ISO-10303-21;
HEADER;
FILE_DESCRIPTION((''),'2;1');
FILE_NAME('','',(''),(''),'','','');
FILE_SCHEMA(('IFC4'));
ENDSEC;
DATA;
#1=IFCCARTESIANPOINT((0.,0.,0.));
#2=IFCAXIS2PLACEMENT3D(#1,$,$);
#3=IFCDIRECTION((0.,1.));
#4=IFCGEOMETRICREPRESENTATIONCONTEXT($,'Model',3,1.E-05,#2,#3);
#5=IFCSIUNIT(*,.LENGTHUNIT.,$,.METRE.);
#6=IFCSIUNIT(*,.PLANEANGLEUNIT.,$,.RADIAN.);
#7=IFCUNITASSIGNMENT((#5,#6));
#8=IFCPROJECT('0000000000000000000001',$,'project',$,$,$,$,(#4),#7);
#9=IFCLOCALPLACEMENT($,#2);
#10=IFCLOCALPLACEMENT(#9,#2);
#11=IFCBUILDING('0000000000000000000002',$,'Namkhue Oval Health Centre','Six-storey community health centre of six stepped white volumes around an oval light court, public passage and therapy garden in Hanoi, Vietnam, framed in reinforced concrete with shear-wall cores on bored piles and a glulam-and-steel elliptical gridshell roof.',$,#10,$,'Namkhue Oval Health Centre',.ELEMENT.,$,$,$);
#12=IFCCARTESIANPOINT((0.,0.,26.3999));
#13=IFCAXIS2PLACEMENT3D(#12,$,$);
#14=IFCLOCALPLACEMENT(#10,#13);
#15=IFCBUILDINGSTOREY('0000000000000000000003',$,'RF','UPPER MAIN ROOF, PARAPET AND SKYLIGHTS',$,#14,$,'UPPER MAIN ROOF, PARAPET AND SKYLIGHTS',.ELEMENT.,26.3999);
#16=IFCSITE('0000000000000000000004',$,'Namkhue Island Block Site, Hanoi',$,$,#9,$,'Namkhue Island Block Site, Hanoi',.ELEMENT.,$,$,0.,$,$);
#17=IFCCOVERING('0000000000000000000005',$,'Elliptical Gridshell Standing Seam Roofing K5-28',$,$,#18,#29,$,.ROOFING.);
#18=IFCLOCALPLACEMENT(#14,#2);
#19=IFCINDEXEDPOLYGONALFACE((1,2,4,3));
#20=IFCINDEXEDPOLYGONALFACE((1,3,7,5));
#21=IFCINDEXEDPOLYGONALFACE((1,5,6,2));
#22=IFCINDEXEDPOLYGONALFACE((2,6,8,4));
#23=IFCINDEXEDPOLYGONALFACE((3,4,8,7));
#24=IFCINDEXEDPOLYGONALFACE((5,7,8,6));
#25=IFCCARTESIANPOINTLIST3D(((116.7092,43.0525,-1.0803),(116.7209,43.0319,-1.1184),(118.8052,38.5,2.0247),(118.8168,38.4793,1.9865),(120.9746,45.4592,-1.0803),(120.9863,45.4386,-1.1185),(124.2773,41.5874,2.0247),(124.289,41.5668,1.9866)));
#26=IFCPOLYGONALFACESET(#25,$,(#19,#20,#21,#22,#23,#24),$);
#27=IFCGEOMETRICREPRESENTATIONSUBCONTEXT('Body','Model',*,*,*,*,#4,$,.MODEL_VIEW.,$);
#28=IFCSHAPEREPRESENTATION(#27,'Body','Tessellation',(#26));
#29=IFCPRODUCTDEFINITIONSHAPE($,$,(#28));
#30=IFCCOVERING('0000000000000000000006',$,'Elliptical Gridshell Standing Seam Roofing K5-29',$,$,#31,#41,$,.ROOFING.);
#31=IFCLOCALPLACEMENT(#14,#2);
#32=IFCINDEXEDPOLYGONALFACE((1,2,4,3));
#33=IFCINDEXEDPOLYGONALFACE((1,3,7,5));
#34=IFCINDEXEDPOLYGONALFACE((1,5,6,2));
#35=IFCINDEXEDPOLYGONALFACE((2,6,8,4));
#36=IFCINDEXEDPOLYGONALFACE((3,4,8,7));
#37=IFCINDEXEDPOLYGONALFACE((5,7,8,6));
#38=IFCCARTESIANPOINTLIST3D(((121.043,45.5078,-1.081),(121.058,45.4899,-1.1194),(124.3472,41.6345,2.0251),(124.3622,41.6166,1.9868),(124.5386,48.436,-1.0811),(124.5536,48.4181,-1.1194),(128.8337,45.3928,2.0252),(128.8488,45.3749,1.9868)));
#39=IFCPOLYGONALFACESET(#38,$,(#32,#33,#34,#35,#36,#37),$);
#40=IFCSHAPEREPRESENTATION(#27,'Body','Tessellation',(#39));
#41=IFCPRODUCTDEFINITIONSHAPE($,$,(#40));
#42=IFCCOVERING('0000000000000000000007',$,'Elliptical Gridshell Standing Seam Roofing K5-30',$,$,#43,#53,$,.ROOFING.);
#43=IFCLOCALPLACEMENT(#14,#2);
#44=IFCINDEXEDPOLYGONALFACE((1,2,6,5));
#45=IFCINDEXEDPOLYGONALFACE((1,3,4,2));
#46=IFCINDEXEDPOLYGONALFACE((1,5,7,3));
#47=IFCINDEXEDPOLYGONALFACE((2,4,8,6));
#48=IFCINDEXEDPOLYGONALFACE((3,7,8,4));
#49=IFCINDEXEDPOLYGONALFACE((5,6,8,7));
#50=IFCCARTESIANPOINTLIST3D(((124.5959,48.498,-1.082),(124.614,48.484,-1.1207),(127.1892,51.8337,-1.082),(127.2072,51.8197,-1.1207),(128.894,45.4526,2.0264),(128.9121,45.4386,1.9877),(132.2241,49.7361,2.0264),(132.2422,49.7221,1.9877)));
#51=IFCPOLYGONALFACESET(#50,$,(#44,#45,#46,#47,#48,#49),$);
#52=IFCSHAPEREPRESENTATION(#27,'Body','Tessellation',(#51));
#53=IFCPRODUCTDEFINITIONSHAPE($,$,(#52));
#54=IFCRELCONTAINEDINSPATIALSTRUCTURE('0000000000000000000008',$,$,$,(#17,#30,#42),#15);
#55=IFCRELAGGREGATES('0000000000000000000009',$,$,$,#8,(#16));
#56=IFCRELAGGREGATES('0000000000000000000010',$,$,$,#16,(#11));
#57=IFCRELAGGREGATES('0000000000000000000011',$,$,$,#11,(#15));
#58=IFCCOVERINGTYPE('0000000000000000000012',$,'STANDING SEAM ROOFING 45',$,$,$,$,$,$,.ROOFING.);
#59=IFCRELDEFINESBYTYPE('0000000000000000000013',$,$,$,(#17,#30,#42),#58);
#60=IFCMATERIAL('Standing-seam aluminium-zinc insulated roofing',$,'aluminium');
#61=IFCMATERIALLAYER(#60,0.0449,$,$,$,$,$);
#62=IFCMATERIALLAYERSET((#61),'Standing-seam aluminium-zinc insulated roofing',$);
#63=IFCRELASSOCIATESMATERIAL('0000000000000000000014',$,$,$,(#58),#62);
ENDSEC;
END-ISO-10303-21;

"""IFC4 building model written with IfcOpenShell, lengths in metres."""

from ifc_helpers import new_model, si_unit, direction, frame, origin, place, context, subcontext, project, spatial, polyline, outline, extrude, material, layer, layer_set, type_object, element, save


model = new_model("IFC4")

# Units and contexts
model_context = context("Model", 3, precision=1e-05, world=origin(), true_north=direction((0.0, 1.0)))
body_context = subcontext(model_context, "Body", "Model", "MODEL_VIEW")
ifc_project = project(units=[si_unit("LENGTHUNIT", "METRE"), si_unit("PLANEANGLEUNIT", "RADIAN")], contexts=[model_context])

# Site, building, storey
site_placement = place(None, origin())
site = spatial("IfcSite", under=ifc_project, at=site_placement, Name="Namkhue Island Block Site, Hanoi", LongName="Namkhue Island Block Site, Hanoi", CompositionType="ELEMENT", RefElevation=0.0)
building_placement = place(site_placement, origin())
building = spatial("IfcBuilding", under=site, at=building_placement, Name="Namkhue Oval Health Centre", Description="Six-storey community health centre of six stepped white volumes around an oval light court, public passage and therapy garden in Hanoi, Vietnam, framed in reinforced concrete with shear-wall cores on bored piles and a glulam-and-steel elliptical gridshell roof.", LongName="Namkhue Oval Health Centre", CompositionType="ELEMENT")
storey_placement = place(building_placement, frame((0.0, 0.0, 26.3999)))
storey = spatial("IfcBuildingStorey", under=building, at=storey_placement, Name="RF", Description="UPPER MAIN ROOF, PARAPET AND SKYLIGHTS", LongName="UPPER MAIN ROOF, PARAPET AND SKYLIGHTS", CompositionType="ELEMENT", Elevation=26.3999)

# Coverings
ifc_material_1 = material(Name="Standing-seam aluminium-zinc insulated roofing", Category="aluminium")
ifc_layer_1 = layer(ifc_material_1, 0.0449)
ifc_layer_set_1 = layer_set([ifc_layer_1], Name="Standing-seam aluminium-zinc insulated roofing")
covering_type_1 = type_object("IfcCoveringType", Name="STANDING SEAM ROOFING 45", PredefinedType="ROOFING", material=ifc_layer_set_1)
covering_1_placement = place(storey_placement, frame((118.8052, 38.5, 2.0247), z_axis=(-0.259427, 0.459796, 0.849285), x_axis=(0.87094, 0.49139, 0.000007)))
element("IfcCovering", 1, at=covering_1_placement, inside=storey, type_object=covering_type_1, Name="Elliptical Gridshell Standing Seam Roofing K5-28", PredefinedType="ROOFING", context=body_context, shape_type="SweptSolid", body=[
    extrude(outline(polyline([(0.0, 0.0), (6.283, 0.0), (5.3091, 5.8815), (0.4116, 5.8813), (0.0, 0.0)])), origin(), (0.0, 0.0, -1.0), 0.0449),
])
covering_2_placement = place(storey_placement, frame((124.3472, 41.6345, 2.0251), z_axis=(-0.33446, 0.399269, 0.853652), x_axis=(0.766581, 0.642148, 0.000001)))
element("IfcCovering", 2, at=covering_2_placement, inside=storey, type_object=covering_type_1, Name="Elliptical Gridshell Standing Seam Roofing K5-29", PredefinedType="ROOFING", context=body_context, shape_type="SweptSolid", body=[
    extrude(outline(polyline([(0.0, 0.0), (5.8527, 0.0), (4.5143, 5.9638), (-0.0457, 5.9638), (0.0, 0.0)])), origin(), (0.0, 0.0, -1.0), 0.0449),
])
covering_3_placement = place(storey_placement, frame((128.894, 45.4526, 2.0264), z_axis=(-0.401516, 0.31215, 0.861015), x_axis=(0.613769, 0.789486, 0.0)))
element("IfcCovering", 3, at=covering_3_placement, inside=storey, type_object=covering_type_1, Name="Elliptical Gridshell Standing Seam Roofing K5-30", PredefinedType="ROOFING", context=body_context, shape_type="SweptSolid", body=[
    extrude(outline(polyline([(0.0, 0.0), (5.4256, 0.0), (3.9914, 6.1119), (-0.2337, 6.1119), (0.0, 0.0)])), origin(), (0.0, 0.0, -1.0), 0.0449),
])

save(model, "model.ifc")
